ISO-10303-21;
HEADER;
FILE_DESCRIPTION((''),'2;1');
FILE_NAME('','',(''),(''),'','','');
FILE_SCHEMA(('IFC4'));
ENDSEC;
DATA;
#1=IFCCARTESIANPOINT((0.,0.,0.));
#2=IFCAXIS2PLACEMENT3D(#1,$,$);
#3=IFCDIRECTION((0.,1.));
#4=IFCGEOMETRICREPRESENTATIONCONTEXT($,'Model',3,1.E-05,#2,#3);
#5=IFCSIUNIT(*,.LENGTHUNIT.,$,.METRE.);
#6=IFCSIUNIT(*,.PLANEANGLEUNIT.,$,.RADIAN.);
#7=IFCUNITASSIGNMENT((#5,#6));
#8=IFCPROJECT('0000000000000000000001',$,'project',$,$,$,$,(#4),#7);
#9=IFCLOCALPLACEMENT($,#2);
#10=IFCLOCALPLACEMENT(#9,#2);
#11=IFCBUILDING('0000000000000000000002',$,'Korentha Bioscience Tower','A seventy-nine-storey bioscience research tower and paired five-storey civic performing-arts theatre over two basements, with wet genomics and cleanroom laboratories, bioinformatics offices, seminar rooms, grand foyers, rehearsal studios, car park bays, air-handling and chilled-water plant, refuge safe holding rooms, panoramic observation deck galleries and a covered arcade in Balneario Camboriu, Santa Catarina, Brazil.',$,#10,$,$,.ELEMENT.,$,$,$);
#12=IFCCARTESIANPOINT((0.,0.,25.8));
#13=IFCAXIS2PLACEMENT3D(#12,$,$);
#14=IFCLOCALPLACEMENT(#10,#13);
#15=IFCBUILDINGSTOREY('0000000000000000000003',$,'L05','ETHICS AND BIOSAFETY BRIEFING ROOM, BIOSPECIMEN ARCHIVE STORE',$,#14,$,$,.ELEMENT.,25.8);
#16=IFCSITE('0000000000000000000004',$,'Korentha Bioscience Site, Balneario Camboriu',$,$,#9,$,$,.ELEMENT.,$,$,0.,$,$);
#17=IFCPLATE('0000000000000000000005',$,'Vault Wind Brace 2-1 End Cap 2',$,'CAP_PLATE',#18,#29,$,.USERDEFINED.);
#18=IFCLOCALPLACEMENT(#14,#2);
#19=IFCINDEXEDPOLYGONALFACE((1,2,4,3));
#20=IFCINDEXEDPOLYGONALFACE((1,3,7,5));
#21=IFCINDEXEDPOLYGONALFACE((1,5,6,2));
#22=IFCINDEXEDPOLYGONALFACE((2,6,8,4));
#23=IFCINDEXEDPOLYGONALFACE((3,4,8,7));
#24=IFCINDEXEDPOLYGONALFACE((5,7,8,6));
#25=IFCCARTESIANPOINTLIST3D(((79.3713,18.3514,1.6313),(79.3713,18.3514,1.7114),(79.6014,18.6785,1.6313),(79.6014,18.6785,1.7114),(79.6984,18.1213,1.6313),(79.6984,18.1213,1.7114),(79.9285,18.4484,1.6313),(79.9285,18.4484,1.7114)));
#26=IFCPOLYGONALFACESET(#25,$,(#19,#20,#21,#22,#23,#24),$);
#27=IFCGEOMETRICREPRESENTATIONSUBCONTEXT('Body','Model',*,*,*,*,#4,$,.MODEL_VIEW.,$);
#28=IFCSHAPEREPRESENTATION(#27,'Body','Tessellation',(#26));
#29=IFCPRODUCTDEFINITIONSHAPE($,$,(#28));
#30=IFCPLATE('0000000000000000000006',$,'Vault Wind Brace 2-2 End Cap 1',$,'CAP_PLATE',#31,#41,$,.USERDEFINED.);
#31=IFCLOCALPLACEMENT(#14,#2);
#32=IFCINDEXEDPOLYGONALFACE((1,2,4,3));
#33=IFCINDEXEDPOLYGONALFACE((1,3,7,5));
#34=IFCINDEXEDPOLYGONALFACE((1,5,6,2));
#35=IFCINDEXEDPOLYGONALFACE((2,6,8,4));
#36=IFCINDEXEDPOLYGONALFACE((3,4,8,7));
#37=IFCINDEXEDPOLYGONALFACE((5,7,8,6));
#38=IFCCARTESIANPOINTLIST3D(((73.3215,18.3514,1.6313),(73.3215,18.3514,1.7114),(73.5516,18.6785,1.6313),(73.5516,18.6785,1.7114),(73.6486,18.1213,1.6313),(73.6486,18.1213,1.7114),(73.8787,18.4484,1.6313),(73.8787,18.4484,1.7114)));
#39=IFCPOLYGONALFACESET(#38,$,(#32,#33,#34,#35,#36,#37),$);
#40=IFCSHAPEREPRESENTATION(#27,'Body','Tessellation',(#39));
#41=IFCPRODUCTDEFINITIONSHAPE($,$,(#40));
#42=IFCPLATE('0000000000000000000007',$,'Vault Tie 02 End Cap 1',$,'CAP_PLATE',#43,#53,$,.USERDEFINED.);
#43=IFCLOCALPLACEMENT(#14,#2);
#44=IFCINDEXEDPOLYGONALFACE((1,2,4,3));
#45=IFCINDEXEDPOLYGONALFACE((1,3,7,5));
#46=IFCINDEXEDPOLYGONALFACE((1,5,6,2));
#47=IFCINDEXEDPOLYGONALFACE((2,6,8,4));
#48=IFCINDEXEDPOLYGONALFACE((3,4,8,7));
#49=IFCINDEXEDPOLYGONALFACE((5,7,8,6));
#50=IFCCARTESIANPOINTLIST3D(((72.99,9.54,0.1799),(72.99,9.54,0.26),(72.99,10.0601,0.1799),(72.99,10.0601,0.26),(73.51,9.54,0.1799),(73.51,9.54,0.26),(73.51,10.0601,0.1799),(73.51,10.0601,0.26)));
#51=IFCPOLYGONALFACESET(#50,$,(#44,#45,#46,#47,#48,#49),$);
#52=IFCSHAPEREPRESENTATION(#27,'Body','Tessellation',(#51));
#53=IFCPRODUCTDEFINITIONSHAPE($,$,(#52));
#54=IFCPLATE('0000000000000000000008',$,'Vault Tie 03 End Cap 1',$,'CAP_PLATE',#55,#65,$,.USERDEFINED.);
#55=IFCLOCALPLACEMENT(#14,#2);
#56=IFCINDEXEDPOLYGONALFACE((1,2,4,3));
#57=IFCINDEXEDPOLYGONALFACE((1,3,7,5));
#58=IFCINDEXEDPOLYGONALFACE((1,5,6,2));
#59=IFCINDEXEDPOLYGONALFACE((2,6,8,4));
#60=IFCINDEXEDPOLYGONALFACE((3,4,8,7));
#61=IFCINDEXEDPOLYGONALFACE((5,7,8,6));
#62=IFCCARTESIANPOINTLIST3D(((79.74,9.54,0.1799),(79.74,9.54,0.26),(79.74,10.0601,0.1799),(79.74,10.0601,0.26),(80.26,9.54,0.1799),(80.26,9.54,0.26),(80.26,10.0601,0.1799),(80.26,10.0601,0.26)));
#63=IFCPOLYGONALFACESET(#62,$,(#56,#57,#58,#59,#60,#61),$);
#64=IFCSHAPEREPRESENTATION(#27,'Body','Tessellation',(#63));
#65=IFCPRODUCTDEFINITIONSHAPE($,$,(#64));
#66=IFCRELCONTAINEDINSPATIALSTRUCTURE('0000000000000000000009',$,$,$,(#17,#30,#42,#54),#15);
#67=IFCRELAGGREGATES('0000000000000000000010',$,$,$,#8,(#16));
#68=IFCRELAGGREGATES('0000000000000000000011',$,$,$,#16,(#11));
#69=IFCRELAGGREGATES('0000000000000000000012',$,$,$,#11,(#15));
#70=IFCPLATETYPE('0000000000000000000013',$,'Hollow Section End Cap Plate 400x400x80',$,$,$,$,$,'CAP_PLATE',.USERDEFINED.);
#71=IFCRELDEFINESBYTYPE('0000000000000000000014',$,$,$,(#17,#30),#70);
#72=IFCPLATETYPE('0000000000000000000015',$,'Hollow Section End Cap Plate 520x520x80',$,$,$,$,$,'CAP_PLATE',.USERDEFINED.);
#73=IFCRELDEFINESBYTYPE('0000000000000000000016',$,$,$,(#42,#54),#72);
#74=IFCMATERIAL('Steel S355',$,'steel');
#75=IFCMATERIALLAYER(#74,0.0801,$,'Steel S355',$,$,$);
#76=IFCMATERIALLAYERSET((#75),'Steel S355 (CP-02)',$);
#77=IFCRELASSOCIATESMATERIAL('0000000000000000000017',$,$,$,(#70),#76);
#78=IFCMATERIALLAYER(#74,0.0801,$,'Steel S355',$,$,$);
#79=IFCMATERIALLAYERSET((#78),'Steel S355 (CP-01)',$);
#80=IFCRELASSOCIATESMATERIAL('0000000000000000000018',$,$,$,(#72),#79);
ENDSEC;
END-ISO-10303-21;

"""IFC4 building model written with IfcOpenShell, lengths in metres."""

from ifc_helpers import new_model, si_unit, direction, frame, origin, origin_2d, place, context, subcontext, project, spatial, rectangle, extrude, material, layer, layer_set, type_object, element, save


model = new_model("IFC4")

# Units and contexts
model_context = context("Model", 3, precision=1e-05, world=origin(), true_north=direction((0.0, 1.0)))
body_context = subcontext(model_context, "Body", "Model", "MODEL_VIEW")
ifc_project = project(units=[si_unit("LENGTHUNIT", "METRE"), si_unit("PLANEANGLEUNIT", "RADIAN")], contexts=[model_context])

# Site, building, storey
site_placement = place(None, origin())
site = spatial("IfcSite", under=ifc_project, at=site_placement, Name="Korentha Bioscience Site, Balneario Camboriu", CompositionType="ELEMENT", RefElevation=0.0)
building_placement = place(site_placement, origin())
building = spatial("IfcBuilding", under=site, at=building_placement, Name="Korentha Bioscience Tower", Description="A seventy-nine-storey bioscience research tower and paired five-storey civic performing-arts theatre over two basements, with wet genomics and cleanroom laboratories, bioinformatics offices, seminar rooms, grand foyers, rehearsal studios, car park bays, air-handling and chilled-water plant, refuge safe holding rooms, panoramic observation deck galleries and a covered arcade in Balneario Camboriu, Santa Catarina, Brazil.", CompositionType="ELEMENT")
storey_placement = place(building_placement, frame((0.0, 0.0, 25.8)))
storey = spatial("IfcBuildingStorey", under=building, at=storey_placement, Name="L05", Description="ETHICS AND BIOSAFETY BRIEFING ROOM, BIOSPECIMEN ARCHIVE STORE", CompositionType="ELEMENT", Elevation=25.8)

# Shared definitions
ifc_material = material(Name="Steel S355", Category="steel")

# Plates
ifc_layer_1 = layer(ifc_material, 0.0801, Name="Steel S355")
ifc_layer_set_1 = layer_set([ifc_layer_1], Name="Steel S355 (CP-02)")
plate_type_1 = type_object("IfcPlateType", Name="Hollow Section End Cap Plate 400x400x80", ElementType="CAP_PLATE", PredefinedType="USERDEFINED", material=ifc_layer_set_1)
for number, where, z_axis, x_axis, name in (
    (1, (79.6499, 18.3999, 1.6313), (0.0, 0.0, 1.0), (0.575434, 0.817849, 0.0), "Vault Wind Brace 2-1 End Cap 2"),
    (2, (73.6001, 18.3999, 1.6313), (0.0, 0.0, 1.0), (0.575434, 0.817849, 0.0), "Vault Wind Brace 2-2 End Cap 1"),
):
    element("IfcPlate", number, at=place(storey_placement, frame(where, z_axis=z_axis, x_axis=x_axis)), inside=storey, type_object=plate_type_1, Name=name, ObjectType="CAP_PLATE", PredefinedType="USERDEFINED", context=body_context, shape_type="SweptSolid", body=[
        extrude(rectangle(XDim=0.3999, YDim=0.3999, at=origin_2d()), origin(), (0.0, 0.0, 1.0), 0.0801),
    ])
ifc_layer_2 = layer(ifc_material, 0.0801, Name="Steel S355")
ifc_layer_set_2 = layer_set([ifc_layer_2], Name="Steel S355 (CP-01)")
plate_type_2 = type_object("IfcPlateType", Name="Hollow Section End Cap Plate 520x520x80", ElementType="CAP_PLATE", PredefinedType="USERDEFINED", material=ifc_layer_set_2)
for number, where, z_axis, x_axis, name in (
    (3, (73.25, 9.8, 0.1799), (0.0, 0.0, 1.0), (0.0, 1.0, 0.0), "Vault Tie 02 End Cap 1"),
    (4, (80.0, 9.8, 0.1799), (0.0, 0.0, 1.0), (0.0, 1.0, 0.0), "Vault Tie 03 End Cap 1"),
):
    element("IfcPlate", number, at=place(storey_placement, frame(where, z_axis=z_axis, x_axis=x_axis)), inside=storey, type_object=plate_type_2, Name=name, ObjectType="CAP_PLATE", PredefinedType="USERDEFINED", context=body_context, shape_type="SweptSolid", body=[
        extrude(rectangle(XDim=0.52, YDim=0.52, at=origin_2d()), origin(), (0.0, 0.0, 1.0), 0.0801),
    ])

save(model, "model.ifc")
